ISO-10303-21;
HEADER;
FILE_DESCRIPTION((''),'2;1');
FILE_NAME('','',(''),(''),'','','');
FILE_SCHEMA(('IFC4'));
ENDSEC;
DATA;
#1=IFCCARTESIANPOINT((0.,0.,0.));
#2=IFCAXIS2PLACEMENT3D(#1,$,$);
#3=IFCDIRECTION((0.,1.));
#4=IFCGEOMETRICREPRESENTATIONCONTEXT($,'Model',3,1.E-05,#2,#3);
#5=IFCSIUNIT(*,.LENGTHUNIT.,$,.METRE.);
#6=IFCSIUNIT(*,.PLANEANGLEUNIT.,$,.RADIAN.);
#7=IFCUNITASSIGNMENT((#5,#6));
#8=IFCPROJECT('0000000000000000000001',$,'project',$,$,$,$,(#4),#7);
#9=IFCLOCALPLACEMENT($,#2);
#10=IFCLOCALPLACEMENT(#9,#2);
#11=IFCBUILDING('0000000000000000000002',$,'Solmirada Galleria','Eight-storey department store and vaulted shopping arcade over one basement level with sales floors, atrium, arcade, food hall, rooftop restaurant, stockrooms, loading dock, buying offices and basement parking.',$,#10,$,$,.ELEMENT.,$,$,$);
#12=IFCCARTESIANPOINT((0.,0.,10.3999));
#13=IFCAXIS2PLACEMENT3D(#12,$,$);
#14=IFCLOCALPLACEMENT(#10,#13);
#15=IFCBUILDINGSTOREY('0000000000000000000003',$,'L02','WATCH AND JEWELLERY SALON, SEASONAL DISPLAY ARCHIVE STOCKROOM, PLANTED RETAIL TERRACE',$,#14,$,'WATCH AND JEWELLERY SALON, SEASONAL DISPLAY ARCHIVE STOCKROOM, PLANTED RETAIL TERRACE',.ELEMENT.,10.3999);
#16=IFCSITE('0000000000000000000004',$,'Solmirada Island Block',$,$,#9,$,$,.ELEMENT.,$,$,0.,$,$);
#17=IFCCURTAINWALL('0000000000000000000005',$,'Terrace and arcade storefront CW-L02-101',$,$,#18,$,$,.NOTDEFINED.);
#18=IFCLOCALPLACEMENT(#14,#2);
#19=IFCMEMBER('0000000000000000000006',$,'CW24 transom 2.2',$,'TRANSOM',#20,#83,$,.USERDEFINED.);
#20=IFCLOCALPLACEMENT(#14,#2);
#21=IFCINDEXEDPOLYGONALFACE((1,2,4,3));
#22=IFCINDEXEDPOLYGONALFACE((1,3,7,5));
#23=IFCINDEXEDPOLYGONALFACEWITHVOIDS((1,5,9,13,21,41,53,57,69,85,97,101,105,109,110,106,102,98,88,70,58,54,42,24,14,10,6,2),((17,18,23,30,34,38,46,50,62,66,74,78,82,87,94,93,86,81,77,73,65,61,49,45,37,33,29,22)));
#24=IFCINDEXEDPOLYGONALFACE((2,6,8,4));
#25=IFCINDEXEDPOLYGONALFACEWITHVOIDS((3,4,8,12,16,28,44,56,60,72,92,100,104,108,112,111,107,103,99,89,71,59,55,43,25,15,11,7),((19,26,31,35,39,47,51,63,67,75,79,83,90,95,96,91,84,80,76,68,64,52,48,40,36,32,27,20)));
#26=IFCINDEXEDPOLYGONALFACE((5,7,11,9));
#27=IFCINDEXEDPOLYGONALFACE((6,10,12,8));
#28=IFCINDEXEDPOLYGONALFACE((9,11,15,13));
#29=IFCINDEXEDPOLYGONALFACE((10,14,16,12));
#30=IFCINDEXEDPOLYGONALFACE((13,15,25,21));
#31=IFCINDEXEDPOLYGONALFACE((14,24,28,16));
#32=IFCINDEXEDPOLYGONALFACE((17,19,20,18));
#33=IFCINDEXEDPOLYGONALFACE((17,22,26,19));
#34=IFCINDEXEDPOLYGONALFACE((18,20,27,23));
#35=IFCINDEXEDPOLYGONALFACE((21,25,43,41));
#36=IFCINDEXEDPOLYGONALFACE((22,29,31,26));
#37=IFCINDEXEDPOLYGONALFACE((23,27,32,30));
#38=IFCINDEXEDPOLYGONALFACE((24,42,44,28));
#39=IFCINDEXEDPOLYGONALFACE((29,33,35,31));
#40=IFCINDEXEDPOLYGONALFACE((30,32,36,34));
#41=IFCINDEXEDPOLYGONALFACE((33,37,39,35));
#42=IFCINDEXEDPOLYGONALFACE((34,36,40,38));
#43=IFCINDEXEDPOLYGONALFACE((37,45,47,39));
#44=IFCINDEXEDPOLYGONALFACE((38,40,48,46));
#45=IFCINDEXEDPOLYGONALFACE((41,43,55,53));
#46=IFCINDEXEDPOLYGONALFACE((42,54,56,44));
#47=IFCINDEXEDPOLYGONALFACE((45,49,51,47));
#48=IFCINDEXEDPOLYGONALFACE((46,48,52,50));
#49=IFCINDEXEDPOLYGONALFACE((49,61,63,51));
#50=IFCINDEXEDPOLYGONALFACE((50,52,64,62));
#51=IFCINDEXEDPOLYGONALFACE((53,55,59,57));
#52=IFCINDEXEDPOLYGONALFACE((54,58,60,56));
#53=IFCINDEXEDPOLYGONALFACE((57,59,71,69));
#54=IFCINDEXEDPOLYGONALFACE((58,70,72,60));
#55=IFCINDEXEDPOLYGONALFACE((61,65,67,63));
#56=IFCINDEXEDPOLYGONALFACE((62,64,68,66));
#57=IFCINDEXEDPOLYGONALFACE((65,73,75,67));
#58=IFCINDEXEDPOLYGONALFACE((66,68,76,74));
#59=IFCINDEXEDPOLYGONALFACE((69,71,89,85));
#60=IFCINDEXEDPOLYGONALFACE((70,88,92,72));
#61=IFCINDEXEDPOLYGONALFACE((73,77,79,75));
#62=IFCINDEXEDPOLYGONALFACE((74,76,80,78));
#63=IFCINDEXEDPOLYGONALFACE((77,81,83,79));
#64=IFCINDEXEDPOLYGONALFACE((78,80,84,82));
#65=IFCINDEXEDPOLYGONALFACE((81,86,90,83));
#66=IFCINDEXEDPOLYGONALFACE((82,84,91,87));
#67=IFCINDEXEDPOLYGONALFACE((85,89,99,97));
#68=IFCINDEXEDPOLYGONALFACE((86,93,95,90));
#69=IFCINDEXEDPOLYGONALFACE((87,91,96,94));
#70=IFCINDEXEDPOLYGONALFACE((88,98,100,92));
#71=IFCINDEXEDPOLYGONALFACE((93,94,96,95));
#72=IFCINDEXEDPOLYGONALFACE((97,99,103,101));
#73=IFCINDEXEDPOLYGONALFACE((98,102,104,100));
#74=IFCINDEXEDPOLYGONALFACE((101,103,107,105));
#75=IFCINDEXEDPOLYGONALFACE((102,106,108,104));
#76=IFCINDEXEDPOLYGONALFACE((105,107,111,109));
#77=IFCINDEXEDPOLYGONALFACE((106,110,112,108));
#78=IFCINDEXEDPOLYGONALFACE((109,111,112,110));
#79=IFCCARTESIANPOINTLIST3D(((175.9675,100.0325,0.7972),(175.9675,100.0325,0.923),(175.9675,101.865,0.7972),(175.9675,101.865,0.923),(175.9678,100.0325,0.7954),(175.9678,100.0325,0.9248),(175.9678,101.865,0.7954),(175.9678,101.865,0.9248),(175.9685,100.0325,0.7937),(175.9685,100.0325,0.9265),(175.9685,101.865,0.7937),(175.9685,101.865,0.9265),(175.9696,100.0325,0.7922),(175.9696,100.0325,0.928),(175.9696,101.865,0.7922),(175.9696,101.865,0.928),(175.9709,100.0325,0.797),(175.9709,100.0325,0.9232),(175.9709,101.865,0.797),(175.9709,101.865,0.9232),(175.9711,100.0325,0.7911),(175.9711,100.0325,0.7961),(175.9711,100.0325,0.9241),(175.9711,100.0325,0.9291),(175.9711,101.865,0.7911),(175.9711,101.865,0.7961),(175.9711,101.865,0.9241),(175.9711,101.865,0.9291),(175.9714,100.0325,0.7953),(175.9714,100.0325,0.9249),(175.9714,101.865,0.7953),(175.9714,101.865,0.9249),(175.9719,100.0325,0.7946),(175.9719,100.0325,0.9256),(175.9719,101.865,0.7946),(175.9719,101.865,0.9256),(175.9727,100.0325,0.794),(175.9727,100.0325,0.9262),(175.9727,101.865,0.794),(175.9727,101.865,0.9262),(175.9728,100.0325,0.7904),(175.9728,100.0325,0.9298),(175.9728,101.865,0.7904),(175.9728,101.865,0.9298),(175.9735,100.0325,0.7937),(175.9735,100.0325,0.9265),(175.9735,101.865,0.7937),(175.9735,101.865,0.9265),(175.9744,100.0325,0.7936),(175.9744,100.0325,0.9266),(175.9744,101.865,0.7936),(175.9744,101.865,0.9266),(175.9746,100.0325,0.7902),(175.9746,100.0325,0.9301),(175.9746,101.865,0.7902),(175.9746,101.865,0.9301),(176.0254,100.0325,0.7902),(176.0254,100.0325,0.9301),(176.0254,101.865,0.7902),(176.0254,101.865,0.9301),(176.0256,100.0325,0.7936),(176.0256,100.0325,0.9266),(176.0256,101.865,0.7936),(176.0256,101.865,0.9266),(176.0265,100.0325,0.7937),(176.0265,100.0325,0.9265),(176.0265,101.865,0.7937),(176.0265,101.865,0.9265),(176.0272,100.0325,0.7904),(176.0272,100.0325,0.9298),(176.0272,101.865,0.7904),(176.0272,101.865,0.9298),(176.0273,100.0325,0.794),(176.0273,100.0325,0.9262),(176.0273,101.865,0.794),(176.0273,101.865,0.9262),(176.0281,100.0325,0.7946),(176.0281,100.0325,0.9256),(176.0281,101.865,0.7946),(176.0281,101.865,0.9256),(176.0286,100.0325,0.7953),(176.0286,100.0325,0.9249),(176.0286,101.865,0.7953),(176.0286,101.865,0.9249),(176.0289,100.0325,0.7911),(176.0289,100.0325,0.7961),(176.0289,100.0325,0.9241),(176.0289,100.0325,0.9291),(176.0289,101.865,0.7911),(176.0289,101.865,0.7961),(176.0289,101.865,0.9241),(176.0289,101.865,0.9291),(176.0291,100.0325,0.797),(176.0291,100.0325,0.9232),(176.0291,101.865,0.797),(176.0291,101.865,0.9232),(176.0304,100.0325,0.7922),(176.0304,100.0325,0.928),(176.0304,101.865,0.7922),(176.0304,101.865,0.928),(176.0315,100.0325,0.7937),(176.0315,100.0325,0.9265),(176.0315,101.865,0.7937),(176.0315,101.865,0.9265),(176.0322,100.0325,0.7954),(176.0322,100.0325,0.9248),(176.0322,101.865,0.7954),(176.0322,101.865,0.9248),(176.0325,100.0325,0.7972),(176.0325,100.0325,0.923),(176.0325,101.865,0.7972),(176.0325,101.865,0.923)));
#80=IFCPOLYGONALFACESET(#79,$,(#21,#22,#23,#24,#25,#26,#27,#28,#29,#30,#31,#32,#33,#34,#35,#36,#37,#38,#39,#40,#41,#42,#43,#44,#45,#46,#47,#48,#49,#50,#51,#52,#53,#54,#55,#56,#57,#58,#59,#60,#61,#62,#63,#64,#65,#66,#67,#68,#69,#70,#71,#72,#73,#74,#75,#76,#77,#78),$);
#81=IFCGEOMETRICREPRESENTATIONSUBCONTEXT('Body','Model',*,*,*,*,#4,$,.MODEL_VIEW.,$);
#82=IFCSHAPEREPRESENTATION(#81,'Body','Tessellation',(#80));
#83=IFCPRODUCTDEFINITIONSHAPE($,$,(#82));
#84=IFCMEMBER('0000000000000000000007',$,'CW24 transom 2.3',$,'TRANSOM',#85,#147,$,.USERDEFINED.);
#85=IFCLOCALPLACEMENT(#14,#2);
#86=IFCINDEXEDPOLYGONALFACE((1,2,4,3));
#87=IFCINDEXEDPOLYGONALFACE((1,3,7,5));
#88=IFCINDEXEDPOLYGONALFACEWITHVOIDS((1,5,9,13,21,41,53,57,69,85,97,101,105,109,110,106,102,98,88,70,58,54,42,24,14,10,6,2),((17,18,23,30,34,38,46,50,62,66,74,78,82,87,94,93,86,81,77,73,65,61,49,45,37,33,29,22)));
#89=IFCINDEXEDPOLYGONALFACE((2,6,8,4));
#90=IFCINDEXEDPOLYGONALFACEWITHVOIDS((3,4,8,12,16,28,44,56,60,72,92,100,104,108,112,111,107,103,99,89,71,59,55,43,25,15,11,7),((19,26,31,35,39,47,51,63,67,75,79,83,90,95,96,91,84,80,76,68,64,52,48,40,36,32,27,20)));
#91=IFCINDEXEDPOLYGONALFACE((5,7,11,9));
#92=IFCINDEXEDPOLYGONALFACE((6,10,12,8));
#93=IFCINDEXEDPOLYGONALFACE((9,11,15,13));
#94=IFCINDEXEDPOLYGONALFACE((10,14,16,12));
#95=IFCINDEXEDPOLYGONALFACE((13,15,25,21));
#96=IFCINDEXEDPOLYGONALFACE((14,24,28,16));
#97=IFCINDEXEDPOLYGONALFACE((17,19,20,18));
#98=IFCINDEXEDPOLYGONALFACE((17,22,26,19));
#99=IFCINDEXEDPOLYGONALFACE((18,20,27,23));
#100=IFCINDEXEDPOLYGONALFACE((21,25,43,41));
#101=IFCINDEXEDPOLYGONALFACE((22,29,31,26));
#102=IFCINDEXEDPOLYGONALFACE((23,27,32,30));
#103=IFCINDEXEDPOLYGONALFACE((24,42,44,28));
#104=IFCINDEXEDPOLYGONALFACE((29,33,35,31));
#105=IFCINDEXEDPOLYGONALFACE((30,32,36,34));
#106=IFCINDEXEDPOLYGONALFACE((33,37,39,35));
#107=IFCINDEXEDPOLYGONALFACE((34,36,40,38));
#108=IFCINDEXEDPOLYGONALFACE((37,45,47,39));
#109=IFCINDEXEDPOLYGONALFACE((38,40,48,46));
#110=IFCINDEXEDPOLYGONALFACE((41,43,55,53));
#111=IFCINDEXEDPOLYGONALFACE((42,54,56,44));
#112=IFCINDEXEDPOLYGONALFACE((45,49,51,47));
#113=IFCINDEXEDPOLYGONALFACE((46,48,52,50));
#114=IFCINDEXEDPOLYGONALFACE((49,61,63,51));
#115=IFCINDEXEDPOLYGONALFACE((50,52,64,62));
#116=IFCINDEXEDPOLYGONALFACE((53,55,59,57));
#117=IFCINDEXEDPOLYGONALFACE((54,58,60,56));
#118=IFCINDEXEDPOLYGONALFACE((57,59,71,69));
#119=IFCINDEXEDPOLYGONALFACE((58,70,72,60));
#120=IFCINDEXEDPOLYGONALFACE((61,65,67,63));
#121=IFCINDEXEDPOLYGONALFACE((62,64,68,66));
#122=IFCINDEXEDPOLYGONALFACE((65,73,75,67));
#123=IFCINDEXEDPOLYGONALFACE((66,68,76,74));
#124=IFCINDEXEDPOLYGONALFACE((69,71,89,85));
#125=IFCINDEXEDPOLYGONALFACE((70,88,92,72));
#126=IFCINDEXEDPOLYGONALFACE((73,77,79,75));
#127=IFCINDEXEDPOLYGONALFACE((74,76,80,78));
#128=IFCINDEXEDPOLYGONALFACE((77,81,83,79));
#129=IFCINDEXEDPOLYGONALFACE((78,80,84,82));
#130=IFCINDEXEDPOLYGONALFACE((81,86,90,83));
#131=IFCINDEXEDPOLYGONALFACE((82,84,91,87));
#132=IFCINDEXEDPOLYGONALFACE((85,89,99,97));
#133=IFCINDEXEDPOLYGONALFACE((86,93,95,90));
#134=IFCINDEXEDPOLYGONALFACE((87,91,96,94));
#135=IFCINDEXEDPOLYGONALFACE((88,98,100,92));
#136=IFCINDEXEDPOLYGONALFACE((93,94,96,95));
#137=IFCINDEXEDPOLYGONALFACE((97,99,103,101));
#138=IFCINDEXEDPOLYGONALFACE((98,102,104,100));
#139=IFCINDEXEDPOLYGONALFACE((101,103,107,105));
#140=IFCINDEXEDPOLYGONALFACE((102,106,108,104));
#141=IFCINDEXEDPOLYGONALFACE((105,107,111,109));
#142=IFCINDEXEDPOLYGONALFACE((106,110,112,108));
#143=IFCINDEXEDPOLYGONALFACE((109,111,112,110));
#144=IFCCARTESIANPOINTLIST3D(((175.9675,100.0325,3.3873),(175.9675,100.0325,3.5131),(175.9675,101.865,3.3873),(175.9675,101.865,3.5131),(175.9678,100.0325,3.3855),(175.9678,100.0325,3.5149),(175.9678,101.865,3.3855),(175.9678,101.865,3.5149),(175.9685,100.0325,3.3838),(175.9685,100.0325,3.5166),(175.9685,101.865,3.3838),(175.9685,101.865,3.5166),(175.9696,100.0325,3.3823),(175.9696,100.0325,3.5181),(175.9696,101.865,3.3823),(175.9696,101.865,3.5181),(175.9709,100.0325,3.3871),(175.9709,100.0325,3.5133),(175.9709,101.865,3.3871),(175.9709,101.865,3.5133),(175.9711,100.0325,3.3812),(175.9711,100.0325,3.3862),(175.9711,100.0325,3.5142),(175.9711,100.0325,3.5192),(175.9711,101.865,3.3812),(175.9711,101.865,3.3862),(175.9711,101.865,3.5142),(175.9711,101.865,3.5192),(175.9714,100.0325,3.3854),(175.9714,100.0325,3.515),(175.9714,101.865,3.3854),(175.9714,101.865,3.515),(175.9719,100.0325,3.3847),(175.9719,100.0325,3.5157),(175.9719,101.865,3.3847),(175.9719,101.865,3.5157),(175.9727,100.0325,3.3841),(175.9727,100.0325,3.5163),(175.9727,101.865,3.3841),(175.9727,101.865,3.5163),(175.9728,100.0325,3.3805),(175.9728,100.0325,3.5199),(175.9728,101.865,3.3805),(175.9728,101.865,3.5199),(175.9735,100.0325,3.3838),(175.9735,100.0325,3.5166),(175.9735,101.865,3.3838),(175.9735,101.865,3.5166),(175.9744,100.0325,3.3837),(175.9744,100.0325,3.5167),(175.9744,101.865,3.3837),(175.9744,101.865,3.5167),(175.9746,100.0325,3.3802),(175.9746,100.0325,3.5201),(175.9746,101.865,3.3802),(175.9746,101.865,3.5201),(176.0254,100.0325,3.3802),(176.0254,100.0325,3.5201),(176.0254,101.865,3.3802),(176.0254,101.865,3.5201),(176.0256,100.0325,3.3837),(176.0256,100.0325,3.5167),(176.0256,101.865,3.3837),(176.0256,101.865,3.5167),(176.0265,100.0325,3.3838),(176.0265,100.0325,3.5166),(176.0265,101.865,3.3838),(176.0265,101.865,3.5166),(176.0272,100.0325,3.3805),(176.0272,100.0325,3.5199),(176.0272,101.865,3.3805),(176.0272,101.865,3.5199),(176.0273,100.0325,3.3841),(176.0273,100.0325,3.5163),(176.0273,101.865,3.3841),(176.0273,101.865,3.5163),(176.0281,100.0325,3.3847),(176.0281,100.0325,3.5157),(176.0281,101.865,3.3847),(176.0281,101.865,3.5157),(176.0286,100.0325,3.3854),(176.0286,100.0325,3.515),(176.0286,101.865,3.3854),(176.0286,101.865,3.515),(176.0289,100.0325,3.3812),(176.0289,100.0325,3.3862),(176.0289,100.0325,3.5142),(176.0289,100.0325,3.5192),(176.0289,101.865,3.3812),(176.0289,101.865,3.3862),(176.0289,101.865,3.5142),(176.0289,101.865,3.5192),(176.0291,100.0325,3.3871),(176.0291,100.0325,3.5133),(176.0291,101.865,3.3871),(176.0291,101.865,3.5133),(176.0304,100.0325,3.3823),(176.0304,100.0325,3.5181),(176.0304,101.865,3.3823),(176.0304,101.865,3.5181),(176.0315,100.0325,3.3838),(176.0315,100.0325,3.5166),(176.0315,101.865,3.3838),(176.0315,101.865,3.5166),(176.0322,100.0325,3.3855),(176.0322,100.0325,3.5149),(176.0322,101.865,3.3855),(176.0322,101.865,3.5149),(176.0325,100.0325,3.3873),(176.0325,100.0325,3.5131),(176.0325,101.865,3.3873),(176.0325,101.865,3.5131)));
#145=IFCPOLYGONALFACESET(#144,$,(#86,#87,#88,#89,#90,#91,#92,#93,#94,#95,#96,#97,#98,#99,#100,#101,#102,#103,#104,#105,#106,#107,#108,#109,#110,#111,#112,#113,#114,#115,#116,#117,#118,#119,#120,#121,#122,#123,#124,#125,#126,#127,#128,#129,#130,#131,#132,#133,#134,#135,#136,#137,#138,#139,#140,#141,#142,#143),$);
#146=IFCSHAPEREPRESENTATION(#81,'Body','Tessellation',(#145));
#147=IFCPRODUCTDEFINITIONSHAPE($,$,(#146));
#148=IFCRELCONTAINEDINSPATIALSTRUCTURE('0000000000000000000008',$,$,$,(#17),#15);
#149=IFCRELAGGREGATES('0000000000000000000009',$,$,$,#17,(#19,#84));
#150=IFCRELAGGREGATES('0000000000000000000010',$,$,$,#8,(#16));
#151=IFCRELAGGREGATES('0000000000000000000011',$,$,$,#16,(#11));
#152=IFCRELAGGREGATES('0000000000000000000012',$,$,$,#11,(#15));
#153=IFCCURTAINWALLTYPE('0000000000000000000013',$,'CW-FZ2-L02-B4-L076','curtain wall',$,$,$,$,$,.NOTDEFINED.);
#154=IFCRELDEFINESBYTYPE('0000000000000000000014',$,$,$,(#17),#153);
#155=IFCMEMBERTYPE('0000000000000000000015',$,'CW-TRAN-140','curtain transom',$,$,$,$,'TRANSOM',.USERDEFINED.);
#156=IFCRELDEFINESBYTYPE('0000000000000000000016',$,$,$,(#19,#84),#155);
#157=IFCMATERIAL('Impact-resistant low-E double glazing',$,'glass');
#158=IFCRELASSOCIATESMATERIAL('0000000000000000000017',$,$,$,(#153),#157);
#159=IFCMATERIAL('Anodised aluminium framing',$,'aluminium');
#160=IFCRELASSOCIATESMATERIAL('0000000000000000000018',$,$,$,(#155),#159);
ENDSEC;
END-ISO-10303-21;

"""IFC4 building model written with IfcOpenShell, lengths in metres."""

from ifc_helpers import new_model, si_unit, direction, frame, origin, origin_2d, place, context, subcontext, project, spatial, hollow_rectangle, extrude, material, material_profile, profile_set, type_object, element, aggregate, save


model = new_model("IFC4")

# Units and contexts
model_context = context("Model", 3, precision=1e-05, world=origin(), true_north=direction((0.0, 1.0)))
body_context = subcontext(model_context, "Body", "Model", "MODEL_VIEW")
ifc_project = project(units=[si_unit("LENGTHUNIT", "METRE"), si_unit("PLANEANGLEUNIT", "RADIAN")], contexts=[model_context])

# Site, building, storey
site_placement = place(None, origin())
site = spatial("IfcSite", under=ifc_project, at=site_placement, Name="Solmirada Island Block", CompositionType="ELEMENT", RefElevation=0.0)
building_placement = place(site_placement, origin())
building = spatial("IfcBuilding", under=site, at=building_placement, Name="Solmirada Galleria", Description="Eight-storey department store and vaulted shopping arcade over one basement level with sales floors, atrium, arcade, food hall, rooftop restaurant, stockrooms, loading dock, buying offices and basement parking.", CompositionType="ELEMENT")
storey_placement = place(building_placement, frame((0.0, 0.0, 10.3999)))
storey = spatial("IfcBuildingStorey", under=building, at=storey_placement, Name="L02", Description="WATCH AND JEWELLERY SALON, SEASONAL DISPLAY ARCHIVE STOCKROOM, PLANTED RETAIL TERRACE", LongName="WATCH AND JEWELLERY SALON, SEASONAL DISPLAY ARCHIVE STOCKROOM, PLANTED RETAIL TERRACE", CompositionType="ELEMENT", Elevation=10.3999)

# Curtain wall, members
ifc_material_1 = material(Name="Impact-resistant low-E double glazing", Category="glass")
curtain_wall_type = type_object("IfcCurtainWallType", Name="CW-FZ2-L02-B4-L076", Description="curtain wall", PredefinedType="NOTDEFINED", material=ifc_material_1)
curtain_wall_placement = place(storey_placement, origin())
curtain_wall = element("IfcCurtainWall", 1, at=curtain_wall_placement, inside=storey, type_object=curtain_wall_type, Name="Terrace and arcade storefront CW-L02-101", PredefinedType="NOTDEFINED")
ifc_material_2 = material(Name="Anodised aluminium framing", Category="aluminium")
ifc_material_profile_1 = material_profile(ifc_material_2, hollow_rectangle(XDim=0.0649, YDim=0.1399, WallThickness=0.0034, InnerFilletRadius=0.0034, OuterFilletRadius=0.0071, at=origin_2d()), Name="ALU-TRAN-140X65")
ifc_profile_set_1 = profile_set([ifc_material_profile_1], Name="Anodised aluminium framing")
member_type_1 = type_object("IfcMemberType", Name="CW-TRAN-140", Description="curtain transom", ElementType="TRANSOM", PredefinedType="USERDEFINED", material=ifc_profile_set_1)
member_1_placement = place(storey_placement, frame((176.0, 101.865, 0.8601), z_axis=(0.0, -1.0, 0.0), x_axis=(1.0, 0.0, 0.0)))
member_1 = element("IfcMember", 2, at=member_1_placement, type_object=member_type_1, Name="CW24 transom 2.2", ObjectType="TRANSOM", PredefinedType="USERDEFINED", context=body_context, shape_type="SweptSolid", body=[
    extrude(hollow_rectangle(XDim=0.0649, YDim=0.1399, WallThickness=0.0034, InnerFilletRadius=0.0034, OuterFilletRadius=0.0071, at=origin_2d()), origin(), (0.0, 0.0, 1.0), 1.8325),
])
member_2_placement = place(storey_placement, frame((176.0, 101.865, 3.4502), z_axis=(0.0, -1.0, 0.0), x_axis=(1.0, 0.0, 0.0)))
member_2 = element("IfcMember", 3, at=member_2_placement, type_object=member_type_1, Name="CW24 transom 2.3", ObjectType="TRANSOM", PredefinedType="USERDEFINED", context=body_context, shape_type="SweptSolid", body=[
    extrude(hollow_rectangle(XDim=0.0649, YDim=0.1399, WallThickness=0.0034, InnerFilletRadius=0.0034, OuterFilletRadius=0.0071, at=origin_2d()), origin(), (0.0, 0.0, 1.0), 1.8325),
])
aggregate(curtain_wall, [member_1, member_2])

save(model, "model.ifc")
